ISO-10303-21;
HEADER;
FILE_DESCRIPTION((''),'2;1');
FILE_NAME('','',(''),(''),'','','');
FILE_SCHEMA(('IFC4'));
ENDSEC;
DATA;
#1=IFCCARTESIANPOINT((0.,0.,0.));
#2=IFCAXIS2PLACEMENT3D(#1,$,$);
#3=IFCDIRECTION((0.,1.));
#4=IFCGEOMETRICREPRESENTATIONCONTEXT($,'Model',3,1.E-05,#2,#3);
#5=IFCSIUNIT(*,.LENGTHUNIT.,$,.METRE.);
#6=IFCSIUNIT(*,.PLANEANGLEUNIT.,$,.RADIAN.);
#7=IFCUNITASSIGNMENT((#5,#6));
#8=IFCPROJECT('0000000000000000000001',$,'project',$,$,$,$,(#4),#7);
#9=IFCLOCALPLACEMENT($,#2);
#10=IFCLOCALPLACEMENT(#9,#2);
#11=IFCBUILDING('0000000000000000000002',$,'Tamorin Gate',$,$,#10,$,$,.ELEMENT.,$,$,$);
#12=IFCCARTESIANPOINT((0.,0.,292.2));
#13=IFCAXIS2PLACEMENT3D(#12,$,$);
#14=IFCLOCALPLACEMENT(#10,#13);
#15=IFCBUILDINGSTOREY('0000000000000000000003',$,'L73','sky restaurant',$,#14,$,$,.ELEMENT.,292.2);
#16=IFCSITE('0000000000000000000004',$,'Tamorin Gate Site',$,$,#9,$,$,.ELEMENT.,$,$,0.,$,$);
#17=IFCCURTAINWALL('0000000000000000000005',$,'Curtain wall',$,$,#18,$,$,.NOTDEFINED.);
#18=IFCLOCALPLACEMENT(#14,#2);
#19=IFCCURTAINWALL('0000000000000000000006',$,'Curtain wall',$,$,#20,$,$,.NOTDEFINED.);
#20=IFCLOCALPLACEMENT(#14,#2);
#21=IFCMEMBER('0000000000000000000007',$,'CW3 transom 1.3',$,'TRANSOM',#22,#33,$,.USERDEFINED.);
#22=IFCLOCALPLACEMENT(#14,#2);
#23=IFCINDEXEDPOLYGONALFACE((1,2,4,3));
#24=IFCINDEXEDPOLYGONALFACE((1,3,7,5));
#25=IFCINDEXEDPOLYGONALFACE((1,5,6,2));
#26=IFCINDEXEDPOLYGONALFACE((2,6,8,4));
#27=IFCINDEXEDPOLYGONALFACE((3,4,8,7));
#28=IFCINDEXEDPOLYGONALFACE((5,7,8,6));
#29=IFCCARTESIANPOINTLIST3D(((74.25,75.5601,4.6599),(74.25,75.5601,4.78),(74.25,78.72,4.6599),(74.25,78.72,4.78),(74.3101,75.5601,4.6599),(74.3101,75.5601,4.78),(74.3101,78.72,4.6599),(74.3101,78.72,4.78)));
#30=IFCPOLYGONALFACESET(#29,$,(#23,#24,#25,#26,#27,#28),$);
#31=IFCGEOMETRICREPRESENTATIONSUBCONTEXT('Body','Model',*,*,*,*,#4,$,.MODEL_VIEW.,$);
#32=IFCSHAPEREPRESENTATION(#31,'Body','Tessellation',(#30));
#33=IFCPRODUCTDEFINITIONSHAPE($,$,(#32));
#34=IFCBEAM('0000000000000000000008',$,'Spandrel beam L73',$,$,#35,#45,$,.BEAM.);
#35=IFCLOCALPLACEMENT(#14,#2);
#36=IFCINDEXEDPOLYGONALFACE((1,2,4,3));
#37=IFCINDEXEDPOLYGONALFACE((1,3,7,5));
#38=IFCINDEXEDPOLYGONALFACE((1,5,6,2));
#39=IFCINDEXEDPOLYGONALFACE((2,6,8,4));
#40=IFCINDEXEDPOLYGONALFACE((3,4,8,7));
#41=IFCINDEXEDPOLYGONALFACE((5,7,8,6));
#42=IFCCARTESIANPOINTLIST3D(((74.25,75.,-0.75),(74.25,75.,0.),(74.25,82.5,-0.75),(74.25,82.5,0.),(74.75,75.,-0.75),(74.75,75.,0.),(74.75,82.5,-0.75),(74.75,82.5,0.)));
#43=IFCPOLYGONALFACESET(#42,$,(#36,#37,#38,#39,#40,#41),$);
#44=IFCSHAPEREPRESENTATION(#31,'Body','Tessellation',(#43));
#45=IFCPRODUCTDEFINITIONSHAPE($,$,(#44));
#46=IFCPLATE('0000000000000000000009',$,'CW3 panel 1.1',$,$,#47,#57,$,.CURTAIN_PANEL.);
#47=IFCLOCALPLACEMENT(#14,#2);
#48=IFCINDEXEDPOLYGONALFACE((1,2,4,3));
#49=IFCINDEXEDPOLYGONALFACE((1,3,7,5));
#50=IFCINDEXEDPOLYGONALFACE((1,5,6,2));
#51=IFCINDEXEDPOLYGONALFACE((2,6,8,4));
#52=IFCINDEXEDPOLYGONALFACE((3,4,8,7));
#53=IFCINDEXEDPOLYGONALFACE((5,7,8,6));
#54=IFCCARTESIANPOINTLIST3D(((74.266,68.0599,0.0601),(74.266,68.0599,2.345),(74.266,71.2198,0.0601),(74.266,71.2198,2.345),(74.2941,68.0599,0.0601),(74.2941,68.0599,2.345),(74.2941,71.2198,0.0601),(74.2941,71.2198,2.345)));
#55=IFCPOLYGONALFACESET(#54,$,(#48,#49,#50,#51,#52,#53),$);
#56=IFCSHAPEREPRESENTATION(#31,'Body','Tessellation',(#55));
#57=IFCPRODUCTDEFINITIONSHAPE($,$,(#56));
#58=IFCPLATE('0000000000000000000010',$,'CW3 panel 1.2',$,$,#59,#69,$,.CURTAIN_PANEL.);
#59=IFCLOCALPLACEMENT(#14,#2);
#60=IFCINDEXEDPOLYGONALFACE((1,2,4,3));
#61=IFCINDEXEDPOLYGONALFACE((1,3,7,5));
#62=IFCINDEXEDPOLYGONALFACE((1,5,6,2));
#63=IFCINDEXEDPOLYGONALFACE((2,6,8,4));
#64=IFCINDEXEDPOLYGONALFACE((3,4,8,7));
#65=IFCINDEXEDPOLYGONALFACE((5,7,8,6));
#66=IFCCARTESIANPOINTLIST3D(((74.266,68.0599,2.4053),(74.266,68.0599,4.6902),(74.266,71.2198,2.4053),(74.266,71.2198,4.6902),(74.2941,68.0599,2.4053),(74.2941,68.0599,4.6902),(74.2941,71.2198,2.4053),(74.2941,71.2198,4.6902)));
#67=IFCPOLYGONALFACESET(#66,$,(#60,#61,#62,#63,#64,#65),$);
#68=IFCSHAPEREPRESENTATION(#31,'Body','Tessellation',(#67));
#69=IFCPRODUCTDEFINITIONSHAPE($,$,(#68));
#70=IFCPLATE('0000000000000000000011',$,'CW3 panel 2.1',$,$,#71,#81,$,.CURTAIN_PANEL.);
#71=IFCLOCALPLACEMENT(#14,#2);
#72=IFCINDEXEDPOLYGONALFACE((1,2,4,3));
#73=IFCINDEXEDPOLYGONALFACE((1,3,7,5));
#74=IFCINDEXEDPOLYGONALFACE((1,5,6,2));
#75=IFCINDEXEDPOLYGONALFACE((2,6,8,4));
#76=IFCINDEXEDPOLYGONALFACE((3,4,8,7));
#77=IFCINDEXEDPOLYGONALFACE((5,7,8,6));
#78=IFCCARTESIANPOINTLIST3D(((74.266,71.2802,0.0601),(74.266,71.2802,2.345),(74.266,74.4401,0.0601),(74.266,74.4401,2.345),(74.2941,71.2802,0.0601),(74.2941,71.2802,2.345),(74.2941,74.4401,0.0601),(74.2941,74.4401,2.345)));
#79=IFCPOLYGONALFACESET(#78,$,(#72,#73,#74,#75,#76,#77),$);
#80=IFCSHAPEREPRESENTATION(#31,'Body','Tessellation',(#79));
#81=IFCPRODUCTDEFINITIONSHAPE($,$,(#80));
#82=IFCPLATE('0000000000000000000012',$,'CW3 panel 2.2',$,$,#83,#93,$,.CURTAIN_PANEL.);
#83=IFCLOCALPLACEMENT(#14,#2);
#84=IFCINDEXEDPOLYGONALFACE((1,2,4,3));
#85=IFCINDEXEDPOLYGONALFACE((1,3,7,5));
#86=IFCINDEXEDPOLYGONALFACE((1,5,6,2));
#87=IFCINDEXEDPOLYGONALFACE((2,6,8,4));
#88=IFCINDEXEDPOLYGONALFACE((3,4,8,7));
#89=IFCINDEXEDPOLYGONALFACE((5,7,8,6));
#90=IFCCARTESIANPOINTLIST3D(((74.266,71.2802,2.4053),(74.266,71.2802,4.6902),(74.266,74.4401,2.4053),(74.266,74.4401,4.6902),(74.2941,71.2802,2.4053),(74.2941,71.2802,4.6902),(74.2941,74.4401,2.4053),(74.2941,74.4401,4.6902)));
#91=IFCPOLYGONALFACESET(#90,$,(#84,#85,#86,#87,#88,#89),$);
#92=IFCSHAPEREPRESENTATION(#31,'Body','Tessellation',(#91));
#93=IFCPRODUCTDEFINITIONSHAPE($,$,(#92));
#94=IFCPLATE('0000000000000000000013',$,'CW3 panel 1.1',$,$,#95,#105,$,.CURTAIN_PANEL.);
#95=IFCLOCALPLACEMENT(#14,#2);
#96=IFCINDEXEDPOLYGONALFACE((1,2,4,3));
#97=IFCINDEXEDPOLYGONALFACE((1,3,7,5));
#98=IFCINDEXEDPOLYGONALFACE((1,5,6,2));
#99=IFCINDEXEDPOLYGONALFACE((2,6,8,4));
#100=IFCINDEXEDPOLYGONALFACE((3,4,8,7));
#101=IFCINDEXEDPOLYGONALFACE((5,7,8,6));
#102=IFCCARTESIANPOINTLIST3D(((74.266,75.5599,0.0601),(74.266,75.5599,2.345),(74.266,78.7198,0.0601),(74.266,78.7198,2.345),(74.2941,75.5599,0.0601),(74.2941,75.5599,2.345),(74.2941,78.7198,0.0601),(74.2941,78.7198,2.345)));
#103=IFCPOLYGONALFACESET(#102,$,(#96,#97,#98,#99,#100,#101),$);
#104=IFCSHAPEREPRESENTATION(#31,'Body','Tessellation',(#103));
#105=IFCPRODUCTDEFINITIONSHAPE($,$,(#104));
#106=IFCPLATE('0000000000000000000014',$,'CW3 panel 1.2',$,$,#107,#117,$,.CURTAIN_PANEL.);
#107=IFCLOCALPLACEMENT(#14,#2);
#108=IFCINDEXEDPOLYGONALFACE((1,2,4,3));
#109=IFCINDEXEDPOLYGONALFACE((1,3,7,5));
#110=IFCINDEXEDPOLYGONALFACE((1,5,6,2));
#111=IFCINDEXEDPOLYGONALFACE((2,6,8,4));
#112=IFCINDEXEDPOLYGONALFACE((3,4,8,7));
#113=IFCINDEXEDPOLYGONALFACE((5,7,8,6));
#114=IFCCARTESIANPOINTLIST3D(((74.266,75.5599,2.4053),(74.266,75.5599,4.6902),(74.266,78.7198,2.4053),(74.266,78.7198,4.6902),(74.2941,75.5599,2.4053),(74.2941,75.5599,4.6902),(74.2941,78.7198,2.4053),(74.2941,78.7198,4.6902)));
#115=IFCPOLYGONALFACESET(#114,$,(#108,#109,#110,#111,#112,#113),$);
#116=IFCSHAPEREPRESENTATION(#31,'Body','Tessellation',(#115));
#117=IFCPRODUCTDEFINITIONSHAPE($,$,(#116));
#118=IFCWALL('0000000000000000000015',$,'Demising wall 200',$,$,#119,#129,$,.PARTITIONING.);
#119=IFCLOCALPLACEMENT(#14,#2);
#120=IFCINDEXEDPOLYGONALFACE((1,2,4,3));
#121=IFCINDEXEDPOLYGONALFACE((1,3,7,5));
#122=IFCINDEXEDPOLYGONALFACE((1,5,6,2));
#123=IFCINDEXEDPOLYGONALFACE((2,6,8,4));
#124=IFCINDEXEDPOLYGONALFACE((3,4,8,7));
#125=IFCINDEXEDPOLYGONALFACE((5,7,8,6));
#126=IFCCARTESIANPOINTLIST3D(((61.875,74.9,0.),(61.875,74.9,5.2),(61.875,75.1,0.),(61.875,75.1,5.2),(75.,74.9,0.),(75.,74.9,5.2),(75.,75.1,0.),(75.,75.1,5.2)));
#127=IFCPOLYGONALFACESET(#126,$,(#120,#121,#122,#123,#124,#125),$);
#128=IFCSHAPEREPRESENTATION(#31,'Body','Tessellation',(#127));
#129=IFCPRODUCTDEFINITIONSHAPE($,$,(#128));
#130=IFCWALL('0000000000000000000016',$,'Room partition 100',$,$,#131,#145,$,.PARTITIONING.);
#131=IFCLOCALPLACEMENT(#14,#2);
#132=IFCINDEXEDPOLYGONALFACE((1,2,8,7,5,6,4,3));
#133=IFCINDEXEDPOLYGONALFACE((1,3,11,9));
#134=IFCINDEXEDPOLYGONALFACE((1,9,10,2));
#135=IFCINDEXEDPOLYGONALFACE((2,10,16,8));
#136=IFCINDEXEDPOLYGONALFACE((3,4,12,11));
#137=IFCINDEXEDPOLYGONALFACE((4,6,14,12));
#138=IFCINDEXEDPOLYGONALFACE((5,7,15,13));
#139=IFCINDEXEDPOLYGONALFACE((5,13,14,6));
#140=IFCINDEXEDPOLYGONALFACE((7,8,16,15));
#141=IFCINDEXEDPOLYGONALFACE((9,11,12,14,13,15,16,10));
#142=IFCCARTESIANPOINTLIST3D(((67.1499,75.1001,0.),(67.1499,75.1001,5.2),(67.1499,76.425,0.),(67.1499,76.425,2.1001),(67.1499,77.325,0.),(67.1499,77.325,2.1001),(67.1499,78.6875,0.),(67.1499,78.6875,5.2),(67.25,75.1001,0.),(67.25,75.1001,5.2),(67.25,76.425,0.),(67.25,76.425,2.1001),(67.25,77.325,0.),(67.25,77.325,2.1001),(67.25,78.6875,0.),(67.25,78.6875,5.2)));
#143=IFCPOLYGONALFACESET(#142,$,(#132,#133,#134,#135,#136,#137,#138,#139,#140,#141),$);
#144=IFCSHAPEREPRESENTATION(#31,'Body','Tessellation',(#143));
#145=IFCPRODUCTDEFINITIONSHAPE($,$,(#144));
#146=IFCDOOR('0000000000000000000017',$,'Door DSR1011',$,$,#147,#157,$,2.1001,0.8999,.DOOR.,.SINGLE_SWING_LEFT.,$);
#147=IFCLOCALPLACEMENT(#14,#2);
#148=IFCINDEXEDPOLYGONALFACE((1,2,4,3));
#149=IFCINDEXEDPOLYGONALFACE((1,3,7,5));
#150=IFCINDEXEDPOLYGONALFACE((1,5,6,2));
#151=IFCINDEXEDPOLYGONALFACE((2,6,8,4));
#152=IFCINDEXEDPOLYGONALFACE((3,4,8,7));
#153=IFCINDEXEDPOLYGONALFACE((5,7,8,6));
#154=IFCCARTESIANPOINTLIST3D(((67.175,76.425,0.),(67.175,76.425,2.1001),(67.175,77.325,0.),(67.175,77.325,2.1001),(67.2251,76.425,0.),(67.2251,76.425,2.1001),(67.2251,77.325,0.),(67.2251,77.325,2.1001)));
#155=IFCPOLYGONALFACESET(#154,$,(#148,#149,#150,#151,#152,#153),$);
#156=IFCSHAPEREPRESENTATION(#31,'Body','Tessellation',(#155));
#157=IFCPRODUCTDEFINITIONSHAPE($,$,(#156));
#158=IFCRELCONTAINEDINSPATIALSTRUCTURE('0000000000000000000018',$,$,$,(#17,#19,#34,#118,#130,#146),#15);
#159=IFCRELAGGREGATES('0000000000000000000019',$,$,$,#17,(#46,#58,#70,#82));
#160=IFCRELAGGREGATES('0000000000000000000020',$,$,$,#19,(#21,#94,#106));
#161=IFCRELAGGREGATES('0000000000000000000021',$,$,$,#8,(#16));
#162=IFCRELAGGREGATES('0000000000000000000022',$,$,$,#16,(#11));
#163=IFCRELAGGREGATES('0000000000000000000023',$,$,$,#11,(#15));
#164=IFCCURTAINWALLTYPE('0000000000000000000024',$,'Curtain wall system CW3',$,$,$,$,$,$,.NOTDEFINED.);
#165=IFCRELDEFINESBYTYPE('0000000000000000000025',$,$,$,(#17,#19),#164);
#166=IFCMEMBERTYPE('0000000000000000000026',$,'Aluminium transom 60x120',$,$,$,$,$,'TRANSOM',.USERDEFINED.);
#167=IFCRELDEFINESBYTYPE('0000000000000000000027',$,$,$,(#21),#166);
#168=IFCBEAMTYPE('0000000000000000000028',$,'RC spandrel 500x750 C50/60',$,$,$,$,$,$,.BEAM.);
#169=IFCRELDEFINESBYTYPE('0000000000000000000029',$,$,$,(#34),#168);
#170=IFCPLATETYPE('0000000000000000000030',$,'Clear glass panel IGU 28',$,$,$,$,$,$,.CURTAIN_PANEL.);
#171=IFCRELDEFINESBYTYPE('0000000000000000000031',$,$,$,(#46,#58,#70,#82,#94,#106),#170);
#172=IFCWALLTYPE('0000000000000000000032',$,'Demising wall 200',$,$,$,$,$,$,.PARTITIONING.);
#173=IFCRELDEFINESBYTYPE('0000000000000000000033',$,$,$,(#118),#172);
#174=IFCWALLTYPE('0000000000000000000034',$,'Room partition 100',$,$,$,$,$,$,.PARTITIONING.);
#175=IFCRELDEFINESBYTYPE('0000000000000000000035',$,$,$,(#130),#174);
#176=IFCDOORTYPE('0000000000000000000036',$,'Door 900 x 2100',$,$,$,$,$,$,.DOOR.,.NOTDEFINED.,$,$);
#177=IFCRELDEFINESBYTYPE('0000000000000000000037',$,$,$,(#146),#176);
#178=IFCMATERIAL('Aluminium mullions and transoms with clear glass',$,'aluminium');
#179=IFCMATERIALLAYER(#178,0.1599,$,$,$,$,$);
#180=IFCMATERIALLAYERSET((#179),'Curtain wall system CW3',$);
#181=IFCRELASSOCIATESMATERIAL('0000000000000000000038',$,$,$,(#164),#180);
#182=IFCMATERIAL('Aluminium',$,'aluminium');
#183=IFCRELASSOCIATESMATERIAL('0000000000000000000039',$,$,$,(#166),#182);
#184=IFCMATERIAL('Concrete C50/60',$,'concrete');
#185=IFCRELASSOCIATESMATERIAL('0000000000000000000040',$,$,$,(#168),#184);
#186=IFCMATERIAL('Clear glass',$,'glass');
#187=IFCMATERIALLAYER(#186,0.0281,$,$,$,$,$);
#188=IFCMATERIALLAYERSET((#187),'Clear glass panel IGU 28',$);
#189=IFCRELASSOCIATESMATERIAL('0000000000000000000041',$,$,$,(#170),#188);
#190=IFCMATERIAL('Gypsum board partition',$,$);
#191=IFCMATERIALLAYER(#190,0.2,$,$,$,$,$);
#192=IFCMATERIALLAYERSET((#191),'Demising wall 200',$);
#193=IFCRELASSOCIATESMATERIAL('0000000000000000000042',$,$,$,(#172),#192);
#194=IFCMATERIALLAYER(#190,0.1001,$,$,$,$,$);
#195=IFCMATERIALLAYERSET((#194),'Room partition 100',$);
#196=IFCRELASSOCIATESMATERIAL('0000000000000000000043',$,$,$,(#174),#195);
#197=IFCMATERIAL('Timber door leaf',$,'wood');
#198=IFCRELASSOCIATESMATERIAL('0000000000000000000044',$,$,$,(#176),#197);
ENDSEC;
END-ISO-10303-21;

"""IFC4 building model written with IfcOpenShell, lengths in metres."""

from ifc_helpers import new_model, si_unit, direction, frame, frame_2d, origin, origin_2d, place, context, subcontext, project, spatial, rectangle, extrude, material, layer, layer_set, material_profile, profile_set, type_object, element, fill, aggregate, save


model = new_model("IFC4")

# Units and contexts
model_context = context("Model", 3, precision=1e-05, world=origin(), true_north=direction((0.0, 1.0)))
body_context = subcontext(model_context, "Body", "Model", "MODEL_VIEW")
ifc_project = project(units=[si_unit("LENGTHUNIT", "METRE"), si_unit("PLANEANGLEUNIT", "RADIAN")], contexts=[model_context])

# Site, building, storey
site_placement = place(None, origin())
site = spatial("IfcSite", under=ifc_project, at=site_placement, Name="Tamorin Gate Site", CompositionType="ELEMENT", RefElevation=0.0)
building_placement = place(site_placement, origin())
building = spatial("IfcBuilding", under=site, at=building_placement, Name="Tamorin Gate", CompositionType="ELEMENT")
storey_placement = place(building_placement, frame((0.0, 0.0, 292.2)))
storey = spatial("IfcBuildingStorey", under=building, at=storey_placement, Name="L73", Description="sky restaurant", CompositionType="ELEMENT", Elevation=292.2)

# Shared definitions
ifc_material_1 = material(Name="Concrete C50/60", Category="concrete")

# Curtain wall
ifc_material_2 = material(Name="Aluminium mullions and transoms with clear glass", Category="aluminium")
ifc_layer_1 = layer(ifc_material_2, 0.1599)
ifc_layer_set_1 = layer_set([ifc_layer_1], Name="Curtain wall system CW3")
curtain_wall_type = type_object("IfcCurtainWallType", Name="Curtain wall system CW3", PredefinedType="NOTDEFINED", material=ifc_layer_set_1)
curtain_wall_1_placement = place(storey_placement, origin())
curtain_wall_1 = element("IfcCurtainWall", 1, at=curtain_wall_1_placement, inside=storey, type_object=curtain_wall_type, Name="Curtain wall", PredefinedType="NOTDEFINED")
ifc_material_3 = material(Name="Aluminium", Category="aluminium")

# Curtain wall
curtain_wall_2_placement = place(storey_placement, origin())
curtain_wall_2 = element("IfcCurtainWall", 2, at=curtain_wall_2_placement, inside=storey, type_object=curtain_wall_type, Name="Curtain wall", PredefinedType="NOTDEFINED")

# Member
ifc_material_profile_1 = material_profile(ifc_material_3, rectangle(XDim=0.0601, YDim=0.1201, at=origin_2d()), Name="RECT 60x120")
ifc_profile_set_1 = profile_set([ifc_material_profile_1], Name="Aluminium")
member_type_1 = type_object("IfcMemberType", Name="Aluminium transom 60x120", ElementType="TRANSOM", PredefinedType="USERDEFINED", material=ifc_profile_set_1)
member_1_placement = place(storey_placement, frame((74.28, 75.5601, 4.72), z_axis=(0.0, 1.0, 0.0), x_axis=(-1.0, 0.0, 0.0)))
member_1 = element("IfcMember", 3, at=member_1_placement, type_object=member_type_1, Name="CW3 transom 1.3", ObjectType="TRANSOM", PredefinedType="USERDEFINED", context=body_context, shape_type="SweptSolid", body=[
    extrude(rectangle(XDim=0.0601, YDim=0.1201, at=origin_2d()), origin(), (0.0, 0.0, 1.0), 3.1599),
])

# Beam
ifc_material_profile_2 = material_profile(ifc_material_1, rectangle(XDim=0.5, YDim=0.75, at=origin_2d()), Name="RC 500x750")
ifc_profile_set_2 = profile_set([ifc_material_profile_2], Name="Concrete C50/60")
beam_type = type_object("IfcBeamType", Name="RC spandrel 500x750 C50/60", PredefinedType="BEAM", material=ifc_profile_set_2)
beam_placement = place(storey_placement, frame((74.5, 75.0, -0.375), z_axis=(0.0, 1.0, 0.0), x_axis=(-1.0, 0.0, 0.0)))
element("IfcBeam", 4, at=beam_placement, inside=storey, type_object=beam_type, Name="Spandrel beam L73", PredefinedType="BEAM", context=body_context, shape_type="SweptSolid", body=[
    extrude(rectangle(XDim=0.5, YDim=0.75, at=origin_2d()), origin(), (0.0, 0.0, 1.0), 7.5),
])

# Plates
ifc_material_4 = material(Name="Clear glass", Category="glass")
ifc_layer_2 = layer(ifc_material_4, 0.0281)
ifc_layer_set_2 = layer_set([ifc_layer_2], Name="Clear glass panel IGU 28")
plate_type = type_object("IfcPlateType", Name="Clear glass panel IGU 28", PredefinedType="CURTAIN_PANEL", material=ifc_layer_set_2)
plate_1_placement = place(storey_placement, frame((74.28, 69.6399, 0.0601), z_axis=(0.0, 0.0, 1.0), x_axis=(0.0, 1.0, 0.0)))
plate_1 = element("IfcPlate", 5, at=plate_1_placement, type_object=plate_type, Name="CW3 panel 1.1", PredefinedType="CURTAIN_PANEL", context=body_context, shape_type="SweptSolid", body=[
    extrude(rectangle(XDim=3.1599, YDim=0.0281, at=origin_2d()), origin(), (0.0, 0.0, 1.0), 2.2849),
])
plate_2_placement = place(storey_placement, frame((74.28, 69.6399, 2.4053), z_axis=(0.0, 0.0, 1.0), x_axis=(0.0, 1.0, 0.0)))
plate_2 = element("IfcPlate", 6, at=plate_2_placement, type_object=plate_type, Name="CW3 panel 1.2", PredefinedType="CURTAIN_PANEL", context=body_context, shape_type="SweptSolid", body=[
    extrude(rectangle(XDim=3.1599, YDim=0.0281, at=origin_2d()), origin(), (0.0, 0.0, 1.0), 2.2849),
])
plate_3_placement = place(storey_placement, frame((74.28, 72.8601, 0.0601), z_axis=(0.0, 0.0, 1.0), x_axis=(0.0, 1.0, 0.0)))
plate_3 = element("IfcPlate", 7, at=plate_3_placement, type_object=plate_type, Name="CW3 panel 2.1", PredefinedType="CURTAIN_PANEL", context=body_context, shape_type="SweptSolid", body=[
    extrude(rectangle(XDim=3.1599, YDim=0.0281, at=origin_2d()), origin(), (0.0, 0.0, 1.0), 2.2849),
])
plate_4_placement = place(storey_placement, frame((74.28, 72.8601, 2.4053), z_axis=(0.0, 0.0, 1.0), x_axis=(0.0, 1.0, 0.0)))
plate_4 = element("IfcPlate", 8, at=plate_4_placement, type_object=plate_type, Name="CW3 panel 2.2", PredefinedType="CURTAIN_PANEL", context=body_context, shape_type="SweptSolid", body=[
    extrude(rectangle(XDim=3.1599, YDim=0.0281, at=origin_2d()), origin(), (0.0, 0.0, 1.0), 2.2849),
])
aggregate(curtain_wall_1, [plate_1, plate_2, plate_3, plate_4])
plate_5_placement = place(storey_placement, frame((74.28, 77.1399, 0.0601), z_axis=(0.0, 0.0, 1.0), x_axis=(0.0, 1.0, 0.0)))
plate_5 = element("IfcPlate", 9, at=plate_5_placement, type_object=plate_type, Name="CW3 panel 1.1", PredefinedType="CURTAIN_PANEL", context=body_context, shape_type="SweptSolid", body=[
    extrude(rectangle(XDim=3.1599, YDim=0.0281, at=origin_2d()), origin(), (0.0, 0.0, 1.0), 2.2849),
])
plate_6_placement = place(storey_placement, frame((74.28, 77.1399, 2.4053), z_axis=(0.0, 0.0, 1.0), x_axis=(0.0, 1.0, 0.0)))
plate_6 = element("IfcPlate", 10, at=plate_6_placement, type_object=plate_type, Name="CW3 panel 1.2", PredefinedType="CURTAIN_PANEL", context=body_context, shape_type="SweptSolid", body=[
    extrude(rectangle(XDim=3.1599, YDim=0.0281, at=origin_2d()), origin(), (0.0, 0.0, 1.0), 2.2849),
])
aggregate(curtain_wall_2, [member_1, plate_5, plate_6])

# Wall
ifc_material_5 = material(Name="Gypsum board partition")
ifc_layer_3 = layer(ifc_material_5, 0.2)
ifc_layer_set_3 = layer_set([ifc_layer_3], Name="Demising wall 200")
wall_type_1 = type_object("IfcWallType", Name="Demising wall 200", PredefinedType="PARTITIONING", material=ifc_layer_set_3)
wall_1_placement = place(storey_placement, frame((61.875, 75.0, 0.0), z_axis=(0.0, 0.0, 1.0), x_axis=(1.0, 0.0, 0.0)))
element("IfcWall", 11, at=wall_1_placement, inside=storey, type_object=wall_type_1, Name="Demising wall 200", PredefinedType="PARTITIONING", context=body_context, shape_type="SweptSolid", body=[
    extrude(rectangle(XDim=13.125, YDim=0.2, at=frame_2d((6.5625, 0.0))), origin(), (0.0, 0.0, 1.0), 5.2),
])

# Wall, opening, door
ifc_layer_4 = layer(ifc_material_5, 0.1001)
ifc_layer_set_4 = layer_set([ifc_layer_4], Name="Room partition 100")
wall_type_2 = type_object("IfcWallType", Name="Room partition 100", PredefinedType="PARTITIONING", material=ifc_layer_set_4)
wall_2_placement = place(storey_placement, frame((67.2, 75.1001, 0.0), z_axis=(0.0, 0.0, 1.0), x_axis=(0.0, 1.0, 0.0)))
wall_2 = element("IfcWall", 12, at=wall_2_placement, inside=storey, type_object=wall_type_2, Name="Room partition 100", PredefinedType="PARTITIONING", context=body_context, shape_type="SweptSolid", body=[
    extrude(rectangle(XDim=3.5874, YDim=0.1001, at=frame_2d((1.7937, 0.0))), origin(), (0.0, 0.0, 1.0), 5.2),
])
opening_1_placement = place(wall_2_placement, frame((1.325, 0.0, 0.0)))
opening_1 = element("IfcOpeningElement", 13, at=opening_1_placement, cuts=wall_2, PredefinedType="OPENING", context=body_context, shape_type="SweptSolid", body=[
    extrude(rectangle(XDim=0.8999, YDim=2.1001, at=frame_2d((0.45, 1.05))), frame((0.0, 0.0601, 0.0), z_axis=(0.0, -1.0, 0.0), x_axis=(1.0, 0.0, 0.0)), (0.0, 0.0, 1.0), 0.1201),
])
ifc_material_6 = material(Name="Timber door leaf", Category="wood")
door_type = type_object("IfcDoorType", Name="Door 900 x 2100", OperationType="NOTDEFINED", PredefinedType="DOOR", material=ifc_material_6)
door_1_placement = place(opening_1_placement, origin())
door_1 = element("IfcDoor", 14, at=door_1_placement, inside=storey, type_object=door_type, Name="Door DSR1011", OperationType="SINGLE_SWING_LEFT", OverallHeight=2.1001, OverallWidth=0.8999, PredefinedType="DOOR", context=body_context, shape_type="SweptSolid", body=[
    extrude(rectangle(XDim=0.8999, YDim=2.1001, at=frame_2d((0.45, 1.05))), frame((0.0, 0.0249, 0.0), z_axis=(0.0, -1.0, 0.0), x_axis=(1.0, 0.0, 0.0)), (0.0, 0.0, 1.0), 0.05),
])
fill(opening_1, door_1)

save(model, "model.ifc")
